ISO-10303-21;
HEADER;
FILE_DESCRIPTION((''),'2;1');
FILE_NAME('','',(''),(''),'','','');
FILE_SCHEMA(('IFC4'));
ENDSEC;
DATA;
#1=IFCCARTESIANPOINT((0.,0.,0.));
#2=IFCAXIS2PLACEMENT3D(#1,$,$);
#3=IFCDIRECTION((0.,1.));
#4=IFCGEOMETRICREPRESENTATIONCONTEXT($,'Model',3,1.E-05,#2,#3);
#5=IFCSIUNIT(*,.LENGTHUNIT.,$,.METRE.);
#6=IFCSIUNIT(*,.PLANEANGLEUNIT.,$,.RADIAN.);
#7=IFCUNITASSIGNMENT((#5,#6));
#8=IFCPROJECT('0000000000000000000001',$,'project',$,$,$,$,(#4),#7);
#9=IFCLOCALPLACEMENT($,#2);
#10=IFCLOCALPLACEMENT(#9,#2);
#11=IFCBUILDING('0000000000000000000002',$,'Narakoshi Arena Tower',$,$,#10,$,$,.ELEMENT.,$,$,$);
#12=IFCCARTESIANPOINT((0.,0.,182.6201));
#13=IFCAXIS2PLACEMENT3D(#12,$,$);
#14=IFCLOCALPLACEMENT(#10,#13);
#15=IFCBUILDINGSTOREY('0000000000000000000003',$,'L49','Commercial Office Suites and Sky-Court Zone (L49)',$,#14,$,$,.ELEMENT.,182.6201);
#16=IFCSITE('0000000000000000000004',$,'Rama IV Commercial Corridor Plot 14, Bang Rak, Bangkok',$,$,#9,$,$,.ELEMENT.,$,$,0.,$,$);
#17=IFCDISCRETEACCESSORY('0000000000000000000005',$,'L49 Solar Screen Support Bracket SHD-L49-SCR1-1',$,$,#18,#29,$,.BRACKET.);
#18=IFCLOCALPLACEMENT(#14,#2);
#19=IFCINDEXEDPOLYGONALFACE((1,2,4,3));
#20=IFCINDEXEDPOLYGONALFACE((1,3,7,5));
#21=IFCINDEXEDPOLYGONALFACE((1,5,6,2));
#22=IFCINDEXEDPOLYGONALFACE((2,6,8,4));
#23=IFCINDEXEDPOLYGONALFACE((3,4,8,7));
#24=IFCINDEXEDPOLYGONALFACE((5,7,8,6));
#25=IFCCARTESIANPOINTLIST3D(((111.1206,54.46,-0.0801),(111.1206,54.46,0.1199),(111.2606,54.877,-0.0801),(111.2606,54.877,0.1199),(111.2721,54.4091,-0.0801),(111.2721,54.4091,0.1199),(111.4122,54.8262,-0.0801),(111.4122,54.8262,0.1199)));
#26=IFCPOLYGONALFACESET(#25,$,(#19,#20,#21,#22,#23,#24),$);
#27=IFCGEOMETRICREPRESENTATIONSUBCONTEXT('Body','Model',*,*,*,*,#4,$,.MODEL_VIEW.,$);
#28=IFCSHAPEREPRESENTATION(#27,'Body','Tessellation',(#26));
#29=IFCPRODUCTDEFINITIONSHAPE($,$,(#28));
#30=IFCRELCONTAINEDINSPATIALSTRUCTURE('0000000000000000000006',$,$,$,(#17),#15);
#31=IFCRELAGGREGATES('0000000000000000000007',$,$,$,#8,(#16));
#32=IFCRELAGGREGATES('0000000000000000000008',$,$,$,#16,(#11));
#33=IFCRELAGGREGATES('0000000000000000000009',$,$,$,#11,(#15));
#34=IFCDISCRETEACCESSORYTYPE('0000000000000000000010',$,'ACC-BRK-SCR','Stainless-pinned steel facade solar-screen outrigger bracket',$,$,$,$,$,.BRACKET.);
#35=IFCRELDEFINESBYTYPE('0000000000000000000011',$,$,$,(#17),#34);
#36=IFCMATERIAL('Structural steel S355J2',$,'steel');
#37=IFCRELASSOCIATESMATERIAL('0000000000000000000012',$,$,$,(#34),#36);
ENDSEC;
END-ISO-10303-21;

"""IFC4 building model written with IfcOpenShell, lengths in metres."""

from ifc_helpers import new_model, si_unit, direction, frame, origin, origin_2d, place, context, subcontext, project, spatial, rectangle, extrude, material, type_object, element, save


model = new_model("IFC4")

# Units and contexts
model_context = context("Model", 3, precision=1e-05, world=origin(), true_north=direction((0.0, 1.0)))
body_context = subcontext(model_context, "Body", "Model", "MODEL_VIEW")
ifc_project = project(units=[si_unit("LENGTHUNIT", "METRE"), si_unit("PLANEANGLEUNIT", "RADIAN")], contexts=[model_context])

# Site, building, storey
site_placement = place(None, origin())
site = spatial("IfcSite", under=ifc_project, at=site_placement, Name="Rama IV Commercial Corridor Plot 14, Bang Rak, Bangkok", CompositionType="ELEMENT", RefElevation=0.0)
building_placement = place(site_placement, origin())
building = spatial("IfcBuilding", under=site, at=building_placement, Name="Narakoshi Arena Tower", CompositionType="ELEMENT")
storey_placement = place(building_placement, frame((0.0, 0.0, 182.6201)))
storey = spatial("IfcBuildingStorey", under=building, at=storey_placement, Name="L49", Description="Commercial Office Suites and Sky-Court Zone (L49)", CompositionType="ELEMENT", Elevation=182.6201)

# Discrete accessory
ifc_material_1 = material(Name="Structural steel S355J2", Category="steel")
discrete_accessory_type = type_object("IfcDiscreteAccessoryType", Name="ACC-BRK-SCR", Description="Stainless-pinned steel facade solar-screen outrigger bracket", PredefinedType="BRACKET", material=ifc_material_1)
discrete_accessory_placement = place(storey_placement, frame((111.2664, 54.6431, -0.0801), z_axis=(0.0, 0.0, 1.0), x_axis=(-0.948002, 0.318264, 0.0)))
element("IfcDiscreteAccessory", 1, at=discrete_accessory_placement, inside=storey, type_object=discrete_accessory_type, Name="L49 Solar Screen Support Bracket SHD-L49-SCR1-1", PredefinedType="BRACKET", context=body_context, shape_type="SweptSolid", body=[
    extrude(rectangle(XDim=0.1599, YDim=0.4399, at=origin_2d()), origin(), (0.0, 0.0, 1.0), 0.2),
])

save(model, "model.ifc")
